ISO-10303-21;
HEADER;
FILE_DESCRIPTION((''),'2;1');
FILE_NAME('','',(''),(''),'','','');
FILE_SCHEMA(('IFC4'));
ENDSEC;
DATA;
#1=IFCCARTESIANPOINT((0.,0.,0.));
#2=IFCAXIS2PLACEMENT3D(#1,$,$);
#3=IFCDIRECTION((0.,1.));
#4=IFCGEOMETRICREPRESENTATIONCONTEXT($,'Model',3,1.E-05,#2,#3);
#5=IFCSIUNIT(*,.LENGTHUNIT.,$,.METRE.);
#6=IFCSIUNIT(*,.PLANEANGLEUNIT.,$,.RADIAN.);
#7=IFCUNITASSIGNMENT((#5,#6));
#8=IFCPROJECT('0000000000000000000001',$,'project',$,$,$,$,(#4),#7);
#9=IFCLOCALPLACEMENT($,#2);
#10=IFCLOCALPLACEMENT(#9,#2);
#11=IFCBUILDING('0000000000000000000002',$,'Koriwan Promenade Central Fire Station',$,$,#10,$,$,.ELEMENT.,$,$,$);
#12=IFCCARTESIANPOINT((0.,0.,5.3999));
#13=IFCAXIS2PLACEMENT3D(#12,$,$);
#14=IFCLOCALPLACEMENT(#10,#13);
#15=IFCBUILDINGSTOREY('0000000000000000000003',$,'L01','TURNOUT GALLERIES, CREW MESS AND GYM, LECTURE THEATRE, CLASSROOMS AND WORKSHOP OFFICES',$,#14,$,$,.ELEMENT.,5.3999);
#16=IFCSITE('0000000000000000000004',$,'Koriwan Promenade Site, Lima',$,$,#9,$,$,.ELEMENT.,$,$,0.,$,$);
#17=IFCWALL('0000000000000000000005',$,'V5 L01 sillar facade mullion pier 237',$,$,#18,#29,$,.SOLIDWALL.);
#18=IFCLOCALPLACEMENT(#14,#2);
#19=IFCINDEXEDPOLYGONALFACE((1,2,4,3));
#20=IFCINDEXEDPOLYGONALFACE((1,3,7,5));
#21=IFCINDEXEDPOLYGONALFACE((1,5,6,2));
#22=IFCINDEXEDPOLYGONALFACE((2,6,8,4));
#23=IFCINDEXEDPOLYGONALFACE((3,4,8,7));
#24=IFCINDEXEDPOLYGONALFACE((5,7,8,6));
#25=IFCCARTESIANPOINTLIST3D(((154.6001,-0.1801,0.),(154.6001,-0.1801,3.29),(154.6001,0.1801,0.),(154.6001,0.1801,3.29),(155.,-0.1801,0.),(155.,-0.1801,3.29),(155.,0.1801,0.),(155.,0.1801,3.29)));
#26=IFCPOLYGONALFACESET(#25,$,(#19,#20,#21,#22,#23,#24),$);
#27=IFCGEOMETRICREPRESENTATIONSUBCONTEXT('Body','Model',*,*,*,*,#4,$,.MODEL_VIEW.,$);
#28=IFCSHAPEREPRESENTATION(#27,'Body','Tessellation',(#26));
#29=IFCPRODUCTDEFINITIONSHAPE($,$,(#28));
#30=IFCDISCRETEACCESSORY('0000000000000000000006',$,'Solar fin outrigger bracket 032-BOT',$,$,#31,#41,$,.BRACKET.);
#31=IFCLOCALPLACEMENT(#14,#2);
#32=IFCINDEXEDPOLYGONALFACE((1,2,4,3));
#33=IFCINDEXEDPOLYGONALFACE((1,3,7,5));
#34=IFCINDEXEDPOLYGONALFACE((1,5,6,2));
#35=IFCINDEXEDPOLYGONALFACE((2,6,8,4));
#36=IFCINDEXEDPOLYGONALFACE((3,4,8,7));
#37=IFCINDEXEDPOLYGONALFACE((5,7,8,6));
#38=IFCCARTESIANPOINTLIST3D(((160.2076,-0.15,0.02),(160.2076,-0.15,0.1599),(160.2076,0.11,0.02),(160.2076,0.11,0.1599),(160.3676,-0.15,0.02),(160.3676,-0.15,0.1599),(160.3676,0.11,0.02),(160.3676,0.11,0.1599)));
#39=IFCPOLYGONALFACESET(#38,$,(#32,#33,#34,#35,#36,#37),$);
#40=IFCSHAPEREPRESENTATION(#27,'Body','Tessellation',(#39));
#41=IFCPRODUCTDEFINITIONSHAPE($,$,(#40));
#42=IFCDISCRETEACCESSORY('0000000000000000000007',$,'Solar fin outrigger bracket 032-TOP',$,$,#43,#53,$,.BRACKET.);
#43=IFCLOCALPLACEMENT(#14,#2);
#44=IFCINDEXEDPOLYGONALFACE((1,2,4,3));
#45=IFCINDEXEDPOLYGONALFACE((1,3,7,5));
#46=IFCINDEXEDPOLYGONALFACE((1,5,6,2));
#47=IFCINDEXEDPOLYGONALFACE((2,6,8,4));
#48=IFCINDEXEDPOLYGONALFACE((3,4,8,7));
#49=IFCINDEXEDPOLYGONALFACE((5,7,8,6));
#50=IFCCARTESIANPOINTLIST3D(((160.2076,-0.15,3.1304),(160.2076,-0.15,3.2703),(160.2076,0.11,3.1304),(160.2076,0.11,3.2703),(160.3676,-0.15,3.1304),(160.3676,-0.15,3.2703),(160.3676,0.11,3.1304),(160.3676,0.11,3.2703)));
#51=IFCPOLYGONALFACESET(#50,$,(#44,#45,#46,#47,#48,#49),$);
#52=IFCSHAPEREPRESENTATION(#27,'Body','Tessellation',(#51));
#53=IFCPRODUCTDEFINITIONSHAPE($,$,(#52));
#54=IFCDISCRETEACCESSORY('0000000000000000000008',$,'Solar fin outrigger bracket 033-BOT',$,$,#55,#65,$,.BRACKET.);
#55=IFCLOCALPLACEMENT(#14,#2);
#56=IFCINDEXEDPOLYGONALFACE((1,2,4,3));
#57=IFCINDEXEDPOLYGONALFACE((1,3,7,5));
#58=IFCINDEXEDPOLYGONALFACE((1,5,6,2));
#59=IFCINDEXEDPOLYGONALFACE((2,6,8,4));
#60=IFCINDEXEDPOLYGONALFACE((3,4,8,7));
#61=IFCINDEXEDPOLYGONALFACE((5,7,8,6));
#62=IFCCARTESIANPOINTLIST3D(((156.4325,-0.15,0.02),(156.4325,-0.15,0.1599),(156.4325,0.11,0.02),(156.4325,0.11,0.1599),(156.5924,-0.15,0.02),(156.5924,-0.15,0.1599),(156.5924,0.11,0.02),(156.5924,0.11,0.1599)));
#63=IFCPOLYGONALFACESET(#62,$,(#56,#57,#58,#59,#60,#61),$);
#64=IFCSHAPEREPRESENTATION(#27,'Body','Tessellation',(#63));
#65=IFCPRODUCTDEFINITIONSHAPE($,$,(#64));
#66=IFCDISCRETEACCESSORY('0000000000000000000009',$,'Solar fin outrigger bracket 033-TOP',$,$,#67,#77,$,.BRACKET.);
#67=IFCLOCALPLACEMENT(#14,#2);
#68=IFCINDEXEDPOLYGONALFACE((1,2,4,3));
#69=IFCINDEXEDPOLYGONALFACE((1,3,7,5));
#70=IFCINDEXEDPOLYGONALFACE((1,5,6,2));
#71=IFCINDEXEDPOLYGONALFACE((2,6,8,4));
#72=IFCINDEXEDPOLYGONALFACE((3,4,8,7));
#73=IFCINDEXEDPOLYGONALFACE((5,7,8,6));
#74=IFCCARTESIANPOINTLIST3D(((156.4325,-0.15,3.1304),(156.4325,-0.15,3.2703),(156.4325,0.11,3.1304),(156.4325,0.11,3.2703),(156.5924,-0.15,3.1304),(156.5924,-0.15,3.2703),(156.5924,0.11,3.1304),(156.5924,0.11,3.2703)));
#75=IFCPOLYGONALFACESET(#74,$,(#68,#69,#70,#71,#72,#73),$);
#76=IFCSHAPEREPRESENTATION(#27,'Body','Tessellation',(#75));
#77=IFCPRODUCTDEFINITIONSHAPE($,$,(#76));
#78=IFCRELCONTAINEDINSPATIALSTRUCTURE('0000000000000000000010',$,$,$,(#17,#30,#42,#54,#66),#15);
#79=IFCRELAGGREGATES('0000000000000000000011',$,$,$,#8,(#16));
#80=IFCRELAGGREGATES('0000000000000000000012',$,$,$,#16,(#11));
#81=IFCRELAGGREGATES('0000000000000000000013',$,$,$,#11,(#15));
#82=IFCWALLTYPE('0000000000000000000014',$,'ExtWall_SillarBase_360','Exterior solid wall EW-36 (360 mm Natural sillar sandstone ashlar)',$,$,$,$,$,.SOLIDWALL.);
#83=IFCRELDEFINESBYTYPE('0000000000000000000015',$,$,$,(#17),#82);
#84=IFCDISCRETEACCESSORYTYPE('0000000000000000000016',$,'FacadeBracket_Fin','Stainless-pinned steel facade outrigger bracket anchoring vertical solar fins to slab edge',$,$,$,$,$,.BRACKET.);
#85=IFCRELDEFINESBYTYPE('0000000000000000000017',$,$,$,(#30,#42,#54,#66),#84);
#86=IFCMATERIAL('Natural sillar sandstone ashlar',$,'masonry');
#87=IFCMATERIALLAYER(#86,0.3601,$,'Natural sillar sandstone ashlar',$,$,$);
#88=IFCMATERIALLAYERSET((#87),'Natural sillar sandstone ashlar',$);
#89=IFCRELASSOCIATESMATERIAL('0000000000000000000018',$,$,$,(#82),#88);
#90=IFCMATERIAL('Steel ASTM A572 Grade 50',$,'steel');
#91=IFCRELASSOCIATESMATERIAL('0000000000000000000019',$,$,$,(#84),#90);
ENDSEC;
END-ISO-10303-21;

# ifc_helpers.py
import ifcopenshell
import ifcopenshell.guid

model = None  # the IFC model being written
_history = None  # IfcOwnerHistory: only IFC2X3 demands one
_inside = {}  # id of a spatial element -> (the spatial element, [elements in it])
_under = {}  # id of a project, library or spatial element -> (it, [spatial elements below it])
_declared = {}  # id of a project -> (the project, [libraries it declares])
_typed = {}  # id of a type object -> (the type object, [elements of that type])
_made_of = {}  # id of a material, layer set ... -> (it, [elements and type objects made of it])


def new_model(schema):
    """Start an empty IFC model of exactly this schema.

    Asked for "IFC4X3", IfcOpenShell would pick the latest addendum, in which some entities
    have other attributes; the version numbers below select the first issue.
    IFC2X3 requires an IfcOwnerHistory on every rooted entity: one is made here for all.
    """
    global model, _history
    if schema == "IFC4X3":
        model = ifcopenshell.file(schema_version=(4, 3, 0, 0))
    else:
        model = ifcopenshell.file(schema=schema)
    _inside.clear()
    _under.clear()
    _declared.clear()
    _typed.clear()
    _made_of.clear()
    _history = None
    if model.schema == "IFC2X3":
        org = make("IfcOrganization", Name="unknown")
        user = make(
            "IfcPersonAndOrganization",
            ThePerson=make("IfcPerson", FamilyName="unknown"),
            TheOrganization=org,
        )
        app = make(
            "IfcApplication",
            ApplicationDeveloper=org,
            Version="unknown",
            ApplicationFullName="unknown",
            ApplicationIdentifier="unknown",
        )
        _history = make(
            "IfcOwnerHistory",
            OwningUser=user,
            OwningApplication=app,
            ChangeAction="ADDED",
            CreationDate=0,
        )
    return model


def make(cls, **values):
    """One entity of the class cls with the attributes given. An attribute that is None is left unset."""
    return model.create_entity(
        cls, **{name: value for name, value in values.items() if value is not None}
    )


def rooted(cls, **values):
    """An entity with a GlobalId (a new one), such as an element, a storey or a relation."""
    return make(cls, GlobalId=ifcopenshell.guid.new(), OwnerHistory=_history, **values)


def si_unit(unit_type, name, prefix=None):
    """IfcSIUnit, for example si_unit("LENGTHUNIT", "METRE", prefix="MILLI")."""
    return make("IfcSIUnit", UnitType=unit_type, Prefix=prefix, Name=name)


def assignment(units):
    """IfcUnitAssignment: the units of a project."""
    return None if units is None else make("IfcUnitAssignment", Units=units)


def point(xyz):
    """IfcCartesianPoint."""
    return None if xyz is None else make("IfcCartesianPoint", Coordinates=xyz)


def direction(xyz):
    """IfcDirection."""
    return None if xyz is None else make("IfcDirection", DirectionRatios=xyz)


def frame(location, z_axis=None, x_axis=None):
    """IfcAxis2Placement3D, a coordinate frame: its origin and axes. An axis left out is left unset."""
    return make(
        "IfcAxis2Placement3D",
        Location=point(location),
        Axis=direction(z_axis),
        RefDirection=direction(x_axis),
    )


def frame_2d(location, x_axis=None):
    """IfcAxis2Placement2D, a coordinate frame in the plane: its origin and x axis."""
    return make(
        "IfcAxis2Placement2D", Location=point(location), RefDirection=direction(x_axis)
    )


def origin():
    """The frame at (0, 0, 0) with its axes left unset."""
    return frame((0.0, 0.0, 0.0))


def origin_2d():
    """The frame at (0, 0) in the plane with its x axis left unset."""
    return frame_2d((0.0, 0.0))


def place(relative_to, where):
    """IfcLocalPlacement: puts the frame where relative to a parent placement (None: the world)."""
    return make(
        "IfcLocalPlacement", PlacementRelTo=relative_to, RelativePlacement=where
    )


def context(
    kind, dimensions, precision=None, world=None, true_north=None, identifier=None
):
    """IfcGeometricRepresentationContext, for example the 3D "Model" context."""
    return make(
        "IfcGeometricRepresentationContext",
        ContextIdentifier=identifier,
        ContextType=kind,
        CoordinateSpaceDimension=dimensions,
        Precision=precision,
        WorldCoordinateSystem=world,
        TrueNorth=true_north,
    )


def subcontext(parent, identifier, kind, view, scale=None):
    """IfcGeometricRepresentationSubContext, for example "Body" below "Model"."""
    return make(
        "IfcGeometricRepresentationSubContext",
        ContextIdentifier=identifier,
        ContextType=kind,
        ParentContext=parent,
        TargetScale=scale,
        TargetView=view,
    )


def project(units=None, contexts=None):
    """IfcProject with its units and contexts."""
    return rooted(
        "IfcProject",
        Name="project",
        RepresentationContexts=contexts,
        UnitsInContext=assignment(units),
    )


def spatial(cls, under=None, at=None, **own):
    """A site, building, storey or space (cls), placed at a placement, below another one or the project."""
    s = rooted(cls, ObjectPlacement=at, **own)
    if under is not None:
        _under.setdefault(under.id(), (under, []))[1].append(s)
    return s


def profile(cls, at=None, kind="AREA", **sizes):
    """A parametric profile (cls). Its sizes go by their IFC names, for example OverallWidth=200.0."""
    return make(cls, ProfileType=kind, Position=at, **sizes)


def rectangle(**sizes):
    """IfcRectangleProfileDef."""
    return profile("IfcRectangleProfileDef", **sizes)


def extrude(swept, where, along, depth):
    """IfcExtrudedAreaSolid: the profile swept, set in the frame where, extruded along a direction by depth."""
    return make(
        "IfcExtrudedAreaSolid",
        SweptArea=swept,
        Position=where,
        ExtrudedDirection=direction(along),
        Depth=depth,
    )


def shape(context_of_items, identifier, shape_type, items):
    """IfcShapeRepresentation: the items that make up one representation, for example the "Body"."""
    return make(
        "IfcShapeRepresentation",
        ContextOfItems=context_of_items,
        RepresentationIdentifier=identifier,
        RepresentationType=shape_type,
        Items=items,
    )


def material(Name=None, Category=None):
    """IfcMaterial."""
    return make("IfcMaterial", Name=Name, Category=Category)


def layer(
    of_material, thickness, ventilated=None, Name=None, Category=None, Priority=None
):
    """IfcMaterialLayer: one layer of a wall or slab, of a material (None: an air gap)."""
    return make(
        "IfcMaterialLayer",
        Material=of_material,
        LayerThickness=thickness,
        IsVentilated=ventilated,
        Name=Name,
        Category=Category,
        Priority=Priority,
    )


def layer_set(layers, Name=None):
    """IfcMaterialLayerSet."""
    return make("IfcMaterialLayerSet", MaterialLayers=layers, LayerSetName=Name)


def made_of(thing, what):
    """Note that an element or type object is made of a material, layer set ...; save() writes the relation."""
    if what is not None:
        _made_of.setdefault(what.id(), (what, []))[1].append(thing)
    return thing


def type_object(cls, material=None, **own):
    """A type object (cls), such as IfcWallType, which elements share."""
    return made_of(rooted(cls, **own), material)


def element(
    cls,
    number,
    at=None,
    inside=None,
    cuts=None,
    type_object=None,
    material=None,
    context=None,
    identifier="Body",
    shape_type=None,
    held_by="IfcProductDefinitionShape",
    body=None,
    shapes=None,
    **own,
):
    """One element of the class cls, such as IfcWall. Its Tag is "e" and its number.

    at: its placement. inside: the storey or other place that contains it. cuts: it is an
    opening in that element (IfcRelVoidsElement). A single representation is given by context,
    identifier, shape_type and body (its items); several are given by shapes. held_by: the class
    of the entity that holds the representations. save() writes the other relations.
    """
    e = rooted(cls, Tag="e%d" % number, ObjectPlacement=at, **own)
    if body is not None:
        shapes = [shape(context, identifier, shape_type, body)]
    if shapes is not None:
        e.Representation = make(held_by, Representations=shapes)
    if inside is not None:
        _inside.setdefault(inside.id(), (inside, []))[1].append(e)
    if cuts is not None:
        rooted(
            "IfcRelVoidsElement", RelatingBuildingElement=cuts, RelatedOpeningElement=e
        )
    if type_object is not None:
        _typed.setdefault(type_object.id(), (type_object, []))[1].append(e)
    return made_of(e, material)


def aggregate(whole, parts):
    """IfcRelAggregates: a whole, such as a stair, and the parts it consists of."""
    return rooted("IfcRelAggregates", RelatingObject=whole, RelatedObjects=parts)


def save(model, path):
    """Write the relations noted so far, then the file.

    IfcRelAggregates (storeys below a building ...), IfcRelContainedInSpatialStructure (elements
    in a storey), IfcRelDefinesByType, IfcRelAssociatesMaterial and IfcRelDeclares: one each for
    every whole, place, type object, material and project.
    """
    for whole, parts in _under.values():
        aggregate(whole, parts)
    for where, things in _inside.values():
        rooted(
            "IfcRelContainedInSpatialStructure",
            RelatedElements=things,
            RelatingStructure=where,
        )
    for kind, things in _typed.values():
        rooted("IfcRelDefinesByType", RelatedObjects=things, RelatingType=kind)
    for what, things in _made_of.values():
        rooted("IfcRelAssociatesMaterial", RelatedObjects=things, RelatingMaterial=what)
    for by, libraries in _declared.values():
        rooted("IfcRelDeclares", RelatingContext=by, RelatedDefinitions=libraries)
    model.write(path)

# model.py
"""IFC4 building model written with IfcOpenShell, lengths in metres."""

from ifc_helpers import new_model, si_unit, direction, frame, frame_2d, origin, origin_2d, place, context, subcontext, project, spatial, rectangle, extrude, material, layer, layer_set, type_object, element, save


model = new_model("IFC4")

# Units and contexts
model_context = context("Model", 3, precision=1e-05, world=origin(), true_north=direction((0.0, 1.0)))
body_context = subcontext(model_context, "Body", "Model", "MODEL_VIEW")
ifc_project = project(units=[si_unit("LENGTHUNIT", "METRE"), si_unit("PLANEANGLEUNIT", "RADIAN")], contexts=[model_context])

# Site, building, storey
site_placement = place(None, origin())
site = spatial("IfcSite", under=ifc_project, at=site_placement, Name="Koriwan Promenade Site, Lima", CompositionType="ELEMENT", RefElevation=0.0)
building_placement = place(site_placement, origin())
building = spatial("IfcBuilding", under=site, at=building_placement, Name="Koriwan Promenade Central Fire Station", CompositionType="ELEMENT")
storey_placement = place(building_placement, frame((0.0, 0.0, 5.3999)))
storey = spatial("IfcBuildingStorey", under=building, at=storey_placement, Name="L01", Description="TURNOUT GALLERIES, CREW MESS AND GYM, LECTURE THEATRE, CLASSROOMS AND WORKSHOP OFFICES", CompositionType="ELEMENT", Elevation=5.3999)

# Wall
ifc_material_1 = material(Name="Natural sillar sandstone ashlar", Category="masonry")
ifc_layer_1 = layer(ifc_material_1, 0.3601, Name="Natural sillar sandstone ashlar")
ifc_layer_set_1 = layer_set([ifc_layer_1], Name="Natural sillar sandstone ashlar")
wall_type = type_object("IfcWallType", Name="ExtWall_SillarBase_360", Description="Exterior solid wall EW-36 (360 mm Natural sillar sandstone ashlar)", PredefinedType="SOLIDWALL", material=ifc_layer_set_1)
wall_placement = place(storey_placement, frame((155.0, 0.0, 0.0), z_axis=(0.0, 0.0, 1.0), x_axis=(-1.0, 0.0, 0.0)))
element("IfcWall", 1, at=wall_placement, inside=storey, type_object=wall_type, Name="V5 L01 sillar facade mullion pier 237", PredefinedType="SOLIDWALL", context=body_context, shape_type="SweptSolid", body=[
    extrude(rectangle(XDim=0.3999, YDim=0.3601, at=frame_2d((0.2, 0.0))), origin(), (0.0, 0.0, 1.0), 3.29),
])

# Discrete accessories
ifc_material_2 = material(Name="Steel ASTM A572 Grade 50", Category="steel")
discrete_accessory_type = type_object("IfcDiscreteAccessoryType", Name="FacadeBracket_Fin", Description="Stainless-pinned steel facade outrigger bracket anchoring vertical solar fins to slab edge", PredefinedType="BRACKET", material=ifc_material_2)
for number, where, z_axis, x_axis, name in (
    (2, (160.2876, -0.02, 0.02), (0.0, 0.0, 1.0), (0.0, -1.0, 0.0), "Solar fin outrigger bracket 032-BOT"),
    (3, (160.2876, -0.02, 3.1304), (0.0, 0.0, 1.0), (0.0, -1.0, 0.0), "Solar fin outrigger bracket 032-TOP"),
    (4, (156.5125, -0.02, 0.02), (0.0, 0.0, 1.0), (0.0, -1.0, 0.0), "Solar fin outrigger bracket 033-BOT"),
    (5, (156.5125, -0.02, 3.1304), (0.0, 0.0, 1.0), (0.0, -1.0, 0.0), "Solar fin outrigger bracket 033-TOP"),
):
    element("IfcDiscreteAccessory", number, at=place(storey_placement, frame(where, z_axis=z_axis, x_axis=x_axis)), inside=storey, type_object=discrete_accessory_type, Name=name, PredefinedType="BRACKET", context=body_context, shape_type="SweptSolid", body=[
        extrude(rectangle(XDim=0.26, YDim=0.1599, at=origin_2d()), origin(), (0.0, 0.0, 1.0), 0.1399),
    ])

save(model, "model.ifc")
